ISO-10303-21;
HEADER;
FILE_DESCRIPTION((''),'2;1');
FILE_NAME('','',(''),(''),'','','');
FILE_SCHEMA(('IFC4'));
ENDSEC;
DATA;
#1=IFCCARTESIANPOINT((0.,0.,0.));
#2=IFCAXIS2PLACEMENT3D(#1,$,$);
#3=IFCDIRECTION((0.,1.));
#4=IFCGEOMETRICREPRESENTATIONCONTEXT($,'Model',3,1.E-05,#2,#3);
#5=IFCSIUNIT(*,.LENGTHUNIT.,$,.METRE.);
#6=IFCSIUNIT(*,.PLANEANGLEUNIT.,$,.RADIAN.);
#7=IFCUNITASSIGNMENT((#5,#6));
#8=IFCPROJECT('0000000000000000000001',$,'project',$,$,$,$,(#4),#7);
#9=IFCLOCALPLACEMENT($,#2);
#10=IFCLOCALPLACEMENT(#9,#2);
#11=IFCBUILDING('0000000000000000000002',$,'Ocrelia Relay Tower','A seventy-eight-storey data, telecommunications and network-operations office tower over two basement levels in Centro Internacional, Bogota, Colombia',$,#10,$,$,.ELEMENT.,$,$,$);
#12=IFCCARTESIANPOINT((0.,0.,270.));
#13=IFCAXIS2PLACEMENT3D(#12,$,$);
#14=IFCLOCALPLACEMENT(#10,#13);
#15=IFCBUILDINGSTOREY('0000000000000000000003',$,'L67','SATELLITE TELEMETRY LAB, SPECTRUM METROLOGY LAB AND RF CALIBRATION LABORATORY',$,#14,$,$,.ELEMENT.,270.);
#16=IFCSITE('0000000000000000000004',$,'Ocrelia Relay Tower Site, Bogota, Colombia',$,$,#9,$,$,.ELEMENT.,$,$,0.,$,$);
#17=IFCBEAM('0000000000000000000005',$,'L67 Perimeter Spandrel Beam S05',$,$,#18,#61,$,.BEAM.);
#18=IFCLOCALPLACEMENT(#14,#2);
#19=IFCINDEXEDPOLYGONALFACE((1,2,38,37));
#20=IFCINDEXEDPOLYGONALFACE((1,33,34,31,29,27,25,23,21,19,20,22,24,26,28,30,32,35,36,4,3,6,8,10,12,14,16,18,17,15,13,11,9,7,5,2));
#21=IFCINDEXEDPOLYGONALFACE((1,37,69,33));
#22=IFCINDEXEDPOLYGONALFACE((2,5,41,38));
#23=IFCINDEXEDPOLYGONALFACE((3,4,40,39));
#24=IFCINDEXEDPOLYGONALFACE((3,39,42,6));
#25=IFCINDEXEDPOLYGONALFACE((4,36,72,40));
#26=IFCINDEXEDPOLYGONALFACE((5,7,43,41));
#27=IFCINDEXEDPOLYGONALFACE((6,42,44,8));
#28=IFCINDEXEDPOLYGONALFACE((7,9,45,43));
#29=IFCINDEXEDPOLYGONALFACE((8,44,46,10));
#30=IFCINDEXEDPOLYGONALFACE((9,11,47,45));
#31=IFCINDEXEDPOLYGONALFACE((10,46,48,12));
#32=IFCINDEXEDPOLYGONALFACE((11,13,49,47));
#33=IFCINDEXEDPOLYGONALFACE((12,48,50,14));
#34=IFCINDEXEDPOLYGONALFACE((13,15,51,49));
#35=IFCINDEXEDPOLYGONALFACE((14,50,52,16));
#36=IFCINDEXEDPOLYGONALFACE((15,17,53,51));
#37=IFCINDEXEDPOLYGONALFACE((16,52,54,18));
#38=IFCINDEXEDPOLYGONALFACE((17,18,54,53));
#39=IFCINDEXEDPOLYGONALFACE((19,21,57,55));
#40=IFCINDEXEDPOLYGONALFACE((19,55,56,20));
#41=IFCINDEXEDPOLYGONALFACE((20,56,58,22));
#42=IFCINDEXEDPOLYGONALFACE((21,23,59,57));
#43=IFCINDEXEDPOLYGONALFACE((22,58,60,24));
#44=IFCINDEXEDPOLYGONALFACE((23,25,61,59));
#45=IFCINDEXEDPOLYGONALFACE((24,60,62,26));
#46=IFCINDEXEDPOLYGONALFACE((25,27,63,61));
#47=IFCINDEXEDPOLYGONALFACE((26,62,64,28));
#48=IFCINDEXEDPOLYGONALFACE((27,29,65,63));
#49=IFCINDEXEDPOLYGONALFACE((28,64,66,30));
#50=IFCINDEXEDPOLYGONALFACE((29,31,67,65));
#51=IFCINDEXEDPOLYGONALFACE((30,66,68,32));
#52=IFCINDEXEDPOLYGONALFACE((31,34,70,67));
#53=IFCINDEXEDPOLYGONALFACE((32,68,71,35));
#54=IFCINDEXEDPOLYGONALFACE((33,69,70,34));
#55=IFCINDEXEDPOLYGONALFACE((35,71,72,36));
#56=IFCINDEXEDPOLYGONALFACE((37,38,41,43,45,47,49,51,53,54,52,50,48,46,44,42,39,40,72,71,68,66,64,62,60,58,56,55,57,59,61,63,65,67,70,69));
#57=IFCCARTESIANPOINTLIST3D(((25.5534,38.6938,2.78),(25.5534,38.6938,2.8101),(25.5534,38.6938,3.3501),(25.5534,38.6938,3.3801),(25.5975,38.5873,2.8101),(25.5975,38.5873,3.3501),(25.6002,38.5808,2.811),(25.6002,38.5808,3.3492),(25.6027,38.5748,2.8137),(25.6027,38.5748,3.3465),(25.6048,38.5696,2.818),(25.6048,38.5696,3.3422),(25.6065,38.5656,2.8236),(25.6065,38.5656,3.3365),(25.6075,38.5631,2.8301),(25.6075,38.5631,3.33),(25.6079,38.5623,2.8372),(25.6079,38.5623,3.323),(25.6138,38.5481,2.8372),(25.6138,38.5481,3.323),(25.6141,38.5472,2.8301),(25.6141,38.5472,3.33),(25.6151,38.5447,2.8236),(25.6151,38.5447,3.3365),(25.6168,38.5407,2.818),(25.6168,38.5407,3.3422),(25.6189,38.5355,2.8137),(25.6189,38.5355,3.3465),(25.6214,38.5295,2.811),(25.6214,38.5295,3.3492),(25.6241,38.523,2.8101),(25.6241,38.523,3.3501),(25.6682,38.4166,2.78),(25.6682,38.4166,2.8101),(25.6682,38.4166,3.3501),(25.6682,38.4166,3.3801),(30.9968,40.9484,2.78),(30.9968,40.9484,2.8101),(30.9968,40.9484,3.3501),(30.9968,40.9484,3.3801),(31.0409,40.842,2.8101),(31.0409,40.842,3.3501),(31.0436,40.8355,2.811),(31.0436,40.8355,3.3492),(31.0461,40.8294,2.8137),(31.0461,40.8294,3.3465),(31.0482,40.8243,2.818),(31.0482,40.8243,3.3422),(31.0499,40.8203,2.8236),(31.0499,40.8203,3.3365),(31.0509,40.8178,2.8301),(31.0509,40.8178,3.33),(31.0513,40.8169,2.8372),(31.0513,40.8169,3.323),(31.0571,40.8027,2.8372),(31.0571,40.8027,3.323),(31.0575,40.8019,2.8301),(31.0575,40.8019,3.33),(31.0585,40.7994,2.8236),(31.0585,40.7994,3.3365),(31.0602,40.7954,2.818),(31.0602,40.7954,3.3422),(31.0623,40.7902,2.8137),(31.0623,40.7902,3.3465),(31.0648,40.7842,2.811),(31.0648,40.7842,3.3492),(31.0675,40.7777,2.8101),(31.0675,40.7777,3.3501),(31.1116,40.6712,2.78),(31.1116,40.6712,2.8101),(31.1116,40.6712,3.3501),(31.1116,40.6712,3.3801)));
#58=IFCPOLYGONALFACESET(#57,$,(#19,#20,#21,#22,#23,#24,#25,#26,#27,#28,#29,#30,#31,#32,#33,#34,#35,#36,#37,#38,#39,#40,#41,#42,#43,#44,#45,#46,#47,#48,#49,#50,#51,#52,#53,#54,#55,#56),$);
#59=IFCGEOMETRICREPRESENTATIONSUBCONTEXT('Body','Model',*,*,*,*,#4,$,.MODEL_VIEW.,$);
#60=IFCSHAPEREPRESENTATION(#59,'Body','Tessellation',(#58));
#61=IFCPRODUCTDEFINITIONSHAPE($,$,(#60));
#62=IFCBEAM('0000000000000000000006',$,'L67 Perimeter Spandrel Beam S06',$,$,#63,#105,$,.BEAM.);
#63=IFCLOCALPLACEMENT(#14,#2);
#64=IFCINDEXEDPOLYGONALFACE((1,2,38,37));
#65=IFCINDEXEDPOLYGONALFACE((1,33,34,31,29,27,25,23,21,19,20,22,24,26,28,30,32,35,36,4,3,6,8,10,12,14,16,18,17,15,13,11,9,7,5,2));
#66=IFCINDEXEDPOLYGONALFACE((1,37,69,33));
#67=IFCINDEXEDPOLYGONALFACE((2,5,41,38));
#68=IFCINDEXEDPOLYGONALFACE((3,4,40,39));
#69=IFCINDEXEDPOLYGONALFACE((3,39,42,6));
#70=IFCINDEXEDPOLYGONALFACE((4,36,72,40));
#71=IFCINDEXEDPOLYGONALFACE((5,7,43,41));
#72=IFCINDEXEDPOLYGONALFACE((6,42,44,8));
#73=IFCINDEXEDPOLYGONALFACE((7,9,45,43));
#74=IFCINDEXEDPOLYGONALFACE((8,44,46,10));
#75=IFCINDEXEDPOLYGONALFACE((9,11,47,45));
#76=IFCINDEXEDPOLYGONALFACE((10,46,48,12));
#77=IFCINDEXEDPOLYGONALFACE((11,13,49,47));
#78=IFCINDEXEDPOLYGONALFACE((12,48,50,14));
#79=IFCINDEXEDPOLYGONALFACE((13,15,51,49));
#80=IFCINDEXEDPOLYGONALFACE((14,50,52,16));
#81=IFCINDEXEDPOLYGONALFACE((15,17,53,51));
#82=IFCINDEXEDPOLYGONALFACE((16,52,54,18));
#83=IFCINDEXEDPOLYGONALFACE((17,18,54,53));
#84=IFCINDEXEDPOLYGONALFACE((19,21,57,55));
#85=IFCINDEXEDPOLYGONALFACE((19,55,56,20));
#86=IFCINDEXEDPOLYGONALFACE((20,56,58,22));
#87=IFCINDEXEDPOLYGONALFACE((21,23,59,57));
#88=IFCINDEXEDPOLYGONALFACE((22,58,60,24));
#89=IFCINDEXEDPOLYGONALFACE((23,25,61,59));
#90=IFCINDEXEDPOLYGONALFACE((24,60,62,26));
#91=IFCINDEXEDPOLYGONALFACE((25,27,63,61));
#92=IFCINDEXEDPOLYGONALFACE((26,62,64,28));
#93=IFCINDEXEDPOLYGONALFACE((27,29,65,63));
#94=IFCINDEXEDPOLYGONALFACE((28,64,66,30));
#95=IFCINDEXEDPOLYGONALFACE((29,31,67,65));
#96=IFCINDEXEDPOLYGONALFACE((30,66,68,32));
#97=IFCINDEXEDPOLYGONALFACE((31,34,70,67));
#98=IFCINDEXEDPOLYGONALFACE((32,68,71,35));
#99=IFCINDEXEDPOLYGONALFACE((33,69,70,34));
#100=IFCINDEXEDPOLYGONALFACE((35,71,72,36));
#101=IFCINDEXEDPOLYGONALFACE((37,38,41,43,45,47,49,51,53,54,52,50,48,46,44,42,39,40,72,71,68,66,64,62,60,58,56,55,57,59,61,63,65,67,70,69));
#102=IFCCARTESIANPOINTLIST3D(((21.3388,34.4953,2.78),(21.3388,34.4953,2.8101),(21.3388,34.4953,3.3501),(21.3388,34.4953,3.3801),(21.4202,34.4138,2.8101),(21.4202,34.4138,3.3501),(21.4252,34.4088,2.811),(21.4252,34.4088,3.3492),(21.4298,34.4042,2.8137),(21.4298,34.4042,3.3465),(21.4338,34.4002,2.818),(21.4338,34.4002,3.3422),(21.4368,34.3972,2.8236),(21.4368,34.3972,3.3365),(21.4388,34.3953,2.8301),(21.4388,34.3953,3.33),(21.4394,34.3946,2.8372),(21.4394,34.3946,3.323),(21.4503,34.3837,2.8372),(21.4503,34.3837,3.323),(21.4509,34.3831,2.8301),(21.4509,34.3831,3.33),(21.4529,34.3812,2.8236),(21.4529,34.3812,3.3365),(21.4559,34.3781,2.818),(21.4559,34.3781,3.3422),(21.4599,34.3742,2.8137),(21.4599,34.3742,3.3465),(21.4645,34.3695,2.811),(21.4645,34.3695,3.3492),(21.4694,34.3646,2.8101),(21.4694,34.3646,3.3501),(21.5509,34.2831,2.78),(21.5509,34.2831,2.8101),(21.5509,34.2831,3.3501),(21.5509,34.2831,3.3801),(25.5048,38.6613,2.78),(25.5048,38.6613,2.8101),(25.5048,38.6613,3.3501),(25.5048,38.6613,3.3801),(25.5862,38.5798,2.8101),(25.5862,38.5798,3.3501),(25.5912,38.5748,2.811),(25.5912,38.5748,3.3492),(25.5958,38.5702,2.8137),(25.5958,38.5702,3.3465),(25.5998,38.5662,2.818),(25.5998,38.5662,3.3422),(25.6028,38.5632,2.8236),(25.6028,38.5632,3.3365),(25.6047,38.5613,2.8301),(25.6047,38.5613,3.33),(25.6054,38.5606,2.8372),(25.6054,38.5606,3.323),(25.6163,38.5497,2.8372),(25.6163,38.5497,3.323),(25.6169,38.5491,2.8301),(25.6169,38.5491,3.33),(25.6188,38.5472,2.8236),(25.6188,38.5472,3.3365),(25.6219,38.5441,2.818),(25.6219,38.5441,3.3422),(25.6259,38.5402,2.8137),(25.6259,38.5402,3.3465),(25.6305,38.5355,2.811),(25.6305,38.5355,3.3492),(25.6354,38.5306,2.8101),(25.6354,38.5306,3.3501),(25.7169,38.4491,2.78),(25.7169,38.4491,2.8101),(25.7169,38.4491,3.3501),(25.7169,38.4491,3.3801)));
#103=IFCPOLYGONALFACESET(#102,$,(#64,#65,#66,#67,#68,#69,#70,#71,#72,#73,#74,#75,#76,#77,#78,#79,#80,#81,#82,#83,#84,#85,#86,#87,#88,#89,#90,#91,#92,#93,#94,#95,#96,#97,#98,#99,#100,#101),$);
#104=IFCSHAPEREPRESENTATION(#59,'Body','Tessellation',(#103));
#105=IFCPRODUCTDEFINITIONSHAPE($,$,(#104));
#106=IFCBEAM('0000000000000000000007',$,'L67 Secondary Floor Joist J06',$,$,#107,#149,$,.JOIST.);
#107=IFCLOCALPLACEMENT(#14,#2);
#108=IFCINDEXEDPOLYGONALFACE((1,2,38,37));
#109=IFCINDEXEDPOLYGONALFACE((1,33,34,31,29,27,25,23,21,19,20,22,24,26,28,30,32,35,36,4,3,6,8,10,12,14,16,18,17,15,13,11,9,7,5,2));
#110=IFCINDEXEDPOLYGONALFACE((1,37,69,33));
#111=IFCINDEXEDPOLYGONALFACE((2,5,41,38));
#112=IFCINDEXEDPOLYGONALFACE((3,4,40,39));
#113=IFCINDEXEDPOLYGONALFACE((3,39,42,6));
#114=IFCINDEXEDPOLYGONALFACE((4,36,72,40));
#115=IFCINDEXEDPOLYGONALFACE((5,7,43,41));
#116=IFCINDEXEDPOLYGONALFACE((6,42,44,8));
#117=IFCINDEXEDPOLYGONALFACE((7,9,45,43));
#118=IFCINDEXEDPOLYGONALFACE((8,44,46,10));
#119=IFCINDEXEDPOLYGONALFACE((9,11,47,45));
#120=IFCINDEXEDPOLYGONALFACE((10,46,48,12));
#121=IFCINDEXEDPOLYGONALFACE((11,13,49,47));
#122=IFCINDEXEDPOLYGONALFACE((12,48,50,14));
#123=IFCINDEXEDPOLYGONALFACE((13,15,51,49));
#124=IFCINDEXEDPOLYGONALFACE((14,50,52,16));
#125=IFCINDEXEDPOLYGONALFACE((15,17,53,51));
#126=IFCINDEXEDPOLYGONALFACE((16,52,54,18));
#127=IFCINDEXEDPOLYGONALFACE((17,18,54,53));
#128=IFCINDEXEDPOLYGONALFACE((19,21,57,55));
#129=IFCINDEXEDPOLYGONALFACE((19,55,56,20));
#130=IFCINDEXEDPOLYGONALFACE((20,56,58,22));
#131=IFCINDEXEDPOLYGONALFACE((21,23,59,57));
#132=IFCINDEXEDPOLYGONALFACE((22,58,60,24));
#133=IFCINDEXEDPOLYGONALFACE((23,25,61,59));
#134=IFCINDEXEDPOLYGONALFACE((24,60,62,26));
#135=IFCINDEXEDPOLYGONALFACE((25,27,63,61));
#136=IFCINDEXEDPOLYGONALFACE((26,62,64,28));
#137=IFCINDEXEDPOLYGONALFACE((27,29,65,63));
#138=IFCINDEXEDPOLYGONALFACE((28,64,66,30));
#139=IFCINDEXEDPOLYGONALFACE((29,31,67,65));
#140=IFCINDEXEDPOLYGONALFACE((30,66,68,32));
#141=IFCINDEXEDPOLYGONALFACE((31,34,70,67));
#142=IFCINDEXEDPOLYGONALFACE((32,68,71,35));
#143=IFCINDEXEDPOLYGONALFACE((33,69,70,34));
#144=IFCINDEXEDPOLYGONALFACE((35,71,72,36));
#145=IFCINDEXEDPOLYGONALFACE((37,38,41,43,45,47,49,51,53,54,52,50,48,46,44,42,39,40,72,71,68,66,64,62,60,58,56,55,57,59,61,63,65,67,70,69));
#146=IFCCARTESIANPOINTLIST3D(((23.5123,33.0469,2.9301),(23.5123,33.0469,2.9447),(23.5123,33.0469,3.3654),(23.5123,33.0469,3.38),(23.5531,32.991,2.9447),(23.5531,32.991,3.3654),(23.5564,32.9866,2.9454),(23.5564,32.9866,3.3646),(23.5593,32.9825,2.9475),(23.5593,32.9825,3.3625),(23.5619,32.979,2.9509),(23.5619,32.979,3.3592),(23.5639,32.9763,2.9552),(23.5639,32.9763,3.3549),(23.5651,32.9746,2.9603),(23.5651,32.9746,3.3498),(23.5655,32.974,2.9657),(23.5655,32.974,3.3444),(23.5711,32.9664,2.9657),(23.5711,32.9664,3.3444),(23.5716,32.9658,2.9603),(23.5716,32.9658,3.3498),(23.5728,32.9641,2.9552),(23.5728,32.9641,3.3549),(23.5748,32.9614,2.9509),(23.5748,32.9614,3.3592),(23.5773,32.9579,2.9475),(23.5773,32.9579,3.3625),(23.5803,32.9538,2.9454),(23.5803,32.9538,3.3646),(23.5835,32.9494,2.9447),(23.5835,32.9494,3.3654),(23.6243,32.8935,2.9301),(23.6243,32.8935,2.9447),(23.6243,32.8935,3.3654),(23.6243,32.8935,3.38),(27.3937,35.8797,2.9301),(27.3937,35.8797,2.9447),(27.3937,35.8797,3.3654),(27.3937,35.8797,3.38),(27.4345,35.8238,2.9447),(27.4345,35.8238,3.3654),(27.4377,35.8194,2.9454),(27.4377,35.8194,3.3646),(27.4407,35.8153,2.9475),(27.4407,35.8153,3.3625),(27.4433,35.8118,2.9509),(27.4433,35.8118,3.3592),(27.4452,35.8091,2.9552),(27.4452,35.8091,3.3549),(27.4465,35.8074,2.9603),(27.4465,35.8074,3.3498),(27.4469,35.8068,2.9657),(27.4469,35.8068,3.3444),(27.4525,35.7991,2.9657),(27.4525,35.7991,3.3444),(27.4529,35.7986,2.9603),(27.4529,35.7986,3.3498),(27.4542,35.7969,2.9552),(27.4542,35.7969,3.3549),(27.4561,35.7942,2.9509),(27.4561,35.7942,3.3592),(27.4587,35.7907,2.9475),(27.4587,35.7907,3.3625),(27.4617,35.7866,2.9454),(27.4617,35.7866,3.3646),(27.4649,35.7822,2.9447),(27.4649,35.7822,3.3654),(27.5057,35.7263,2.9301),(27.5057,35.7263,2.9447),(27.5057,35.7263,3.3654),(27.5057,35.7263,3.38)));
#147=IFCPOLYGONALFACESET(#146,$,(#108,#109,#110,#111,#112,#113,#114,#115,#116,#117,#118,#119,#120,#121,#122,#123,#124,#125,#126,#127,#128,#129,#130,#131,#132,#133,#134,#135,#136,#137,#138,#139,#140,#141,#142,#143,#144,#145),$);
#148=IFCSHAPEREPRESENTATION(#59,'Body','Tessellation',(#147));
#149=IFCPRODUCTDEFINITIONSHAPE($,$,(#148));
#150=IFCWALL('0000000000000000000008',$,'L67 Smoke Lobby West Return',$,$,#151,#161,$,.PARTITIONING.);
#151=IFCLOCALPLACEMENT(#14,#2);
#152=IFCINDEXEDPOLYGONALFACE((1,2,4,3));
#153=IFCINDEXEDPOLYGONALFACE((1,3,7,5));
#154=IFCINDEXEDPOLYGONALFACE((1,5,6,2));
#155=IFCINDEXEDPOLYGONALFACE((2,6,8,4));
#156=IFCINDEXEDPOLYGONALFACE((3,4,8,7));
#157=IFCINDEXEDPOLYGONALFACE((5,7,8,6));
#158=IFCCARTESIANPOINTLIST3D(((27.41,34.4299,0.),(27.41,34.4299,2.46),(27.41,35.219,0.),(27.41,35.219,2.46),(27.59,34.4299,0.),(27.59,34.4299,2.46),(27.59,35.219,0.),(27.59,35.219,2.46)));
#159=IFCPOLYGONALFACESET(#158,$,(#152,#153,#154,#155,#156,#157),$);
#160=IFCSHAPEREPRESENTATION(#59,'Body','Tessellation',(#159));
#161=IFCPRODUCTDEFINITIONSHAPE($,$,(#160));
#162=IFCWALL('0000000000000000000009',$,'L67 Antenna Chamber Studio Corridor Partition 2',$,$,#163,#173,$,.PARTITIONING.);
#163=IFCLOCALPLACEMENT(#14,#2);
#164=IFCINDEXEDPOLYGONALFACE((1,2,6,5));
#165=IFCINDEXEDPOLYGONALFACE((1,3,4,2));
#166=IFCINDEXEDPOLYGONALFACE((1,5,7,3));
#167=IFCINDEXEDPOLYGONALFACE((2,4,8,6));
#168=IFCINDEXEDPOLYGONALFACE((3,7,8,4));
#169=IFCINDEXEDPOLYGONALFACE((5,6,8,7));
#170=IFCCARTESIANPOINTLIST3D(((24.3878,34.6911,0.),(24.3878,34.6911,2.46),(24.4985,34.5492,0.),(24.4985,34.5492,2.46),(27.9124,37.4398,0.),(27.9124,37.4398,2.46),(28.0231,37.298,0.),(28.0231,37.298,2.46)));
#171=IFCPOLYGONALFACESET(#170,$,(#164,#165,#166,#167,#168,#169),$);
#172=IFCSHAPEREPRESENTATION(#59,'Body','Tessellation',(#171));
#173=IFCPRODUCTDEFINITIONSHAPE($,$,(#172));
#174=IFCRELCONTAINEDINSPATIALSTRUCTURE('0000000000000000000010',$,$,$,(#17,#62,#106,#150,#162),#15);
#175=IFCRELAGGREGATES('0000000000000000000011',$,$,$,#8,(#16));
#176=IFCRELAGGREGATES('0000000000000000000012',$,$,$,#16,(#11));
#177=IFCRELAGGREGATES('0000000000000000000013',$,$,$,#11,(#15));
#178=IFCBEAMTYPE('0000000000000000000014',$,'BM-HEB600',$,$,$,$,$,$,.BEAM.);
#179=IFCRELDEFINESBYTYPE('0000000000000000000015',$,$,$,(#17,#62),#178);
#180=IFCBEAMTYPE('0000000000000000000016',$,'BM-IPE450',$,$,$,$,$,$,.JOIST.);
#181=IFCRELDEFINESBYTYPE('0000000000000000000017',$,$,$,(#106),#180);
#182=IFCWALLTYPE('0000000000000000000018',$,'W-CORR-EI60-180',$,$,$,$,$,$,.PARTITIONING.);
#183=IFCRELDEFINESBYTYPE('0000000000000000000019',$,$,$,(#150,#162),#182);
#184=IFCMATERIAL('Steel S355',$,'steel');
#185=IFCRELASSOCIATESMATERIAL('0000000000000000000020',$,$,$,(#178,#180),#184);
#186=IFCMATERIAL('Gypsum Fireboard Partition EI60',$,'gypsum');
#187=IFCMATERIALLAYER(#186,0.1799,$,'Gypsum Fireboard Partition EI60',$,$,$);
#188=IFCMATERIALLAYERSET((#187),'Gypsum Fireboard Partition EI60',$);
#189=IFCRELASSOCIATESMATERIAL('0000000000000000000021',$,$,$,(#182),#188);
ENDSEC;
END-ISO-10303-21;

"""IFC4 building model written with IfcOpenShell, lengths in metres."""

from ifc_helpers import new_model, si_unit, direction, frame, frame_2d, origin, origin_2d, place, context, subcontext, project, spatial, rectangle, i_section, extrude, material, layer, layer_set, material_profile, profile_set, type_object, element, save


model = new_model("IFC4")

# Units and contexts
model_context = context("Model", 3, precision=1e-05, world=origin(), true_north=direction((0.0, 1.0)))
body_context = subcontext(model_context, "Body", "Model", "MODEL_VIEW")
ifc_project = project(units=[si_unit("LENGTHUNIT", "METRE"), si_unit("PLANEANGLEUNIT", "RADIAN")], contexts=[model_context])

# Site, building, storey
site_placement = place(None, origin())
site = spatial("IfcSite", under=ifc_project, at=site_placement, Name="Ocrelia Relay Tower Site, Bogota, Colombia", CompositionType="ELEMENT", RefElevation=0.0)
building_placement = place(site_placement, origin())
building = spatial("IfcBuilding", under=site, at=building_placement, Name="Ocrelia Relay Tower", Description="A seventy-eight-storey data, telecommunications and network-operations office tower over two basement levels in Centro Internacional, Bogota, Colombia", CompositionType="ELEMENT")
storey_placement = place(building_placement, frame((0.0, 0.0, 270.0)))
storey = spatial("IfcBuildingStorey", under=building, at=storey_placement, Name="L67", Description="SATELLITE TELEMETRY LAB, SPECTRUM METROLOGY LAB AND RF CALIBRATION LABORATORY", CompositionType="ELEMENT", Elevation=270.0)

# Beams
ifc_material_1 = material(Name="Steel S355", Category="steel")
ifc_material_profile_1 = material_profile(ifc_material_1, i_section(OverallWidth=0.3, OverallDepth=0.6001, WebThickness=0.0154, FlangeThickness=0.03, FilletRadius=0.0271, at=origin_2d()), Name="HEB 600")
ifc_profile_set_1 = profile_set([ifc_material_profile_1], Name="Steel S355")
beam_type_1 = type_object("IfcBeamType", Name="BM-HEB600", PredefinedType="BEAM", material=ifc_profile_set_1)
beam_1_placement = place(storey_placement, frame((31.0542, 40.8098, 3.0801), z_axis=(-0.923884, -0.382673, 0.0), x_axis=(0.382673, -0.923884, 0.0)))
element("IfcBeam", 1, at=beam_1_placement, inside=storey, type_object=beam_type_1, Name="L67 Perimeter Spandrel Beam S05", PredefinedType="BEAM", context=body_context, shape_type="SweptSolid", body=[
    extrude(i_section(OverallWidth=0.3, OverallDepth=0.6001, WebThickness=0.0154, FlangeThickness=0.03, FilletRadius=0.0271, at=origin_2d()), origin(), (0.0, 0.0, 1.0), 5.8918),
])
beam_2_placement = place(storey_placement, frame((25.6108, 38.5552, 3.0801), z_axis=(-0.707107, -0.707107, 0.0), x_axis=(0.707107, -0.707107, 0.0)))
element("IfcBeam", 2, at=beam_2_placement, inside=storey, type_object=beam_type_1, Name="L67 Perimeter Spandrel Beam S06", PredefinedType="BEAM", context=body_context, shape_type="SweptSolid", body=[
    extrude(i_section(OverallWidth=0.3, OverallDepth=0.6001, WebThickness=0.0154, FlangeThickness=0.03, FilletRadius=0.0271, at=origin_2d()), origin(), (0.0, 0.0, 1.0), 5.8916),
])
ifc_material_profile_2 = material_profile(ifc_material_1, i_section(OverallWidth=0.1899, OverallDepth=0.45, WebThickness=0.0095, FlangeThickness=0.0146, FilletRadius=0.021, at=origin_2d()), Name="IPE 450")
ifc_profile_set_2 = profile_set([ifc_material_profile_2], Name="Steel S355")
beam_type_2 = type_object("IfcBeamType", Name="BM-IPE450", PredefinedType="JOIST", material=ifc_profile_set_2)
beam_3_placement = place(storey_placement, frame((27.4497, 35.803, 3.155), z_axis=(-0.807748, -0.589527, 0.0), x_axis=(0.589527, -0.807748, 0.0)))
element("IfcBeam", 3, at=beam_3_placement, inside=storey, type_object=beam_type_2, Name="L67 Secondary Floor Joist J06", PredefinedType="JOIST", context=body_context, shape_type="SweptSolid", body=[
    extrude(i_section(OverallWidth=0.1899, OverallDepth=0.45, WebThickness=0.0095, FlangeThickness=0.0146, FilletRadius=0.021, at=origin_2d()), origin(), (0.0, 0.0, 1.0), 4.8052),
])

# Wall
ifc_material_2 = material(Name="Gypsum Fireboard Partition EI60", Category="gypsum")
ifc_layer_1 = layer(ifc_material_2, 0.1799, Name="Gypsum Fireboard Partition EI60")
ifc_layer_set_1 = layer_set([ifc_layer_1], Name="Gypsum Fireboard Partition EI60")
wall_type_1 = type_object("IfcWallType", Name="W-CORR-EI60-180", PredefinedType="PARTITIONING", material=ifc_layer_set_1)
wall_1_placement = place(storey_placement, frame((27.5, 34.4299, 0.0), z_axis=(0.0, 0.0, 1.0), x_axis=(0.0, 1.0, 0.0)))
element("IfcWall", 4, at=wall_1_placement, inside=storey, type_object=wall_type_1, Name="L67 Smoke Lobby West Return", PredefinedType="PARTITIONING", context=body_context, shape_type="SweptSolid", body=[
    extrude(rectangle(XDim=0.7891, YDim=0.1799, at=frame_2d((0.3945, 0.0))), origin(), (0.0, 0.0, 1.0), 2.46),
])

# Wall
wall_2_placement = place(storey_placement, frame((27.9678, 37.3689, 0.0), z_axis=(0.0, 0.0, 1.0), x_axis=(-0.788552, -0.614969, 0.0)))
element("IfcWall", 5, at=wall_2_placement, inside=storey, type_object=wall_type_1, Name="L67 Antenna Chamber Studio Corridor Partition 2", PredefinedType="PARTITIONING", context=body_context, shape_type="SweptSolid", body=[
    extrude(rectangle(XDim=4.4697, YDim=0.1799, at=frame_2d((2.2349, 0.0))), origin(), (0.0, 0.0, 1.0), 2.46),
])

save(model, "model.ifc")
